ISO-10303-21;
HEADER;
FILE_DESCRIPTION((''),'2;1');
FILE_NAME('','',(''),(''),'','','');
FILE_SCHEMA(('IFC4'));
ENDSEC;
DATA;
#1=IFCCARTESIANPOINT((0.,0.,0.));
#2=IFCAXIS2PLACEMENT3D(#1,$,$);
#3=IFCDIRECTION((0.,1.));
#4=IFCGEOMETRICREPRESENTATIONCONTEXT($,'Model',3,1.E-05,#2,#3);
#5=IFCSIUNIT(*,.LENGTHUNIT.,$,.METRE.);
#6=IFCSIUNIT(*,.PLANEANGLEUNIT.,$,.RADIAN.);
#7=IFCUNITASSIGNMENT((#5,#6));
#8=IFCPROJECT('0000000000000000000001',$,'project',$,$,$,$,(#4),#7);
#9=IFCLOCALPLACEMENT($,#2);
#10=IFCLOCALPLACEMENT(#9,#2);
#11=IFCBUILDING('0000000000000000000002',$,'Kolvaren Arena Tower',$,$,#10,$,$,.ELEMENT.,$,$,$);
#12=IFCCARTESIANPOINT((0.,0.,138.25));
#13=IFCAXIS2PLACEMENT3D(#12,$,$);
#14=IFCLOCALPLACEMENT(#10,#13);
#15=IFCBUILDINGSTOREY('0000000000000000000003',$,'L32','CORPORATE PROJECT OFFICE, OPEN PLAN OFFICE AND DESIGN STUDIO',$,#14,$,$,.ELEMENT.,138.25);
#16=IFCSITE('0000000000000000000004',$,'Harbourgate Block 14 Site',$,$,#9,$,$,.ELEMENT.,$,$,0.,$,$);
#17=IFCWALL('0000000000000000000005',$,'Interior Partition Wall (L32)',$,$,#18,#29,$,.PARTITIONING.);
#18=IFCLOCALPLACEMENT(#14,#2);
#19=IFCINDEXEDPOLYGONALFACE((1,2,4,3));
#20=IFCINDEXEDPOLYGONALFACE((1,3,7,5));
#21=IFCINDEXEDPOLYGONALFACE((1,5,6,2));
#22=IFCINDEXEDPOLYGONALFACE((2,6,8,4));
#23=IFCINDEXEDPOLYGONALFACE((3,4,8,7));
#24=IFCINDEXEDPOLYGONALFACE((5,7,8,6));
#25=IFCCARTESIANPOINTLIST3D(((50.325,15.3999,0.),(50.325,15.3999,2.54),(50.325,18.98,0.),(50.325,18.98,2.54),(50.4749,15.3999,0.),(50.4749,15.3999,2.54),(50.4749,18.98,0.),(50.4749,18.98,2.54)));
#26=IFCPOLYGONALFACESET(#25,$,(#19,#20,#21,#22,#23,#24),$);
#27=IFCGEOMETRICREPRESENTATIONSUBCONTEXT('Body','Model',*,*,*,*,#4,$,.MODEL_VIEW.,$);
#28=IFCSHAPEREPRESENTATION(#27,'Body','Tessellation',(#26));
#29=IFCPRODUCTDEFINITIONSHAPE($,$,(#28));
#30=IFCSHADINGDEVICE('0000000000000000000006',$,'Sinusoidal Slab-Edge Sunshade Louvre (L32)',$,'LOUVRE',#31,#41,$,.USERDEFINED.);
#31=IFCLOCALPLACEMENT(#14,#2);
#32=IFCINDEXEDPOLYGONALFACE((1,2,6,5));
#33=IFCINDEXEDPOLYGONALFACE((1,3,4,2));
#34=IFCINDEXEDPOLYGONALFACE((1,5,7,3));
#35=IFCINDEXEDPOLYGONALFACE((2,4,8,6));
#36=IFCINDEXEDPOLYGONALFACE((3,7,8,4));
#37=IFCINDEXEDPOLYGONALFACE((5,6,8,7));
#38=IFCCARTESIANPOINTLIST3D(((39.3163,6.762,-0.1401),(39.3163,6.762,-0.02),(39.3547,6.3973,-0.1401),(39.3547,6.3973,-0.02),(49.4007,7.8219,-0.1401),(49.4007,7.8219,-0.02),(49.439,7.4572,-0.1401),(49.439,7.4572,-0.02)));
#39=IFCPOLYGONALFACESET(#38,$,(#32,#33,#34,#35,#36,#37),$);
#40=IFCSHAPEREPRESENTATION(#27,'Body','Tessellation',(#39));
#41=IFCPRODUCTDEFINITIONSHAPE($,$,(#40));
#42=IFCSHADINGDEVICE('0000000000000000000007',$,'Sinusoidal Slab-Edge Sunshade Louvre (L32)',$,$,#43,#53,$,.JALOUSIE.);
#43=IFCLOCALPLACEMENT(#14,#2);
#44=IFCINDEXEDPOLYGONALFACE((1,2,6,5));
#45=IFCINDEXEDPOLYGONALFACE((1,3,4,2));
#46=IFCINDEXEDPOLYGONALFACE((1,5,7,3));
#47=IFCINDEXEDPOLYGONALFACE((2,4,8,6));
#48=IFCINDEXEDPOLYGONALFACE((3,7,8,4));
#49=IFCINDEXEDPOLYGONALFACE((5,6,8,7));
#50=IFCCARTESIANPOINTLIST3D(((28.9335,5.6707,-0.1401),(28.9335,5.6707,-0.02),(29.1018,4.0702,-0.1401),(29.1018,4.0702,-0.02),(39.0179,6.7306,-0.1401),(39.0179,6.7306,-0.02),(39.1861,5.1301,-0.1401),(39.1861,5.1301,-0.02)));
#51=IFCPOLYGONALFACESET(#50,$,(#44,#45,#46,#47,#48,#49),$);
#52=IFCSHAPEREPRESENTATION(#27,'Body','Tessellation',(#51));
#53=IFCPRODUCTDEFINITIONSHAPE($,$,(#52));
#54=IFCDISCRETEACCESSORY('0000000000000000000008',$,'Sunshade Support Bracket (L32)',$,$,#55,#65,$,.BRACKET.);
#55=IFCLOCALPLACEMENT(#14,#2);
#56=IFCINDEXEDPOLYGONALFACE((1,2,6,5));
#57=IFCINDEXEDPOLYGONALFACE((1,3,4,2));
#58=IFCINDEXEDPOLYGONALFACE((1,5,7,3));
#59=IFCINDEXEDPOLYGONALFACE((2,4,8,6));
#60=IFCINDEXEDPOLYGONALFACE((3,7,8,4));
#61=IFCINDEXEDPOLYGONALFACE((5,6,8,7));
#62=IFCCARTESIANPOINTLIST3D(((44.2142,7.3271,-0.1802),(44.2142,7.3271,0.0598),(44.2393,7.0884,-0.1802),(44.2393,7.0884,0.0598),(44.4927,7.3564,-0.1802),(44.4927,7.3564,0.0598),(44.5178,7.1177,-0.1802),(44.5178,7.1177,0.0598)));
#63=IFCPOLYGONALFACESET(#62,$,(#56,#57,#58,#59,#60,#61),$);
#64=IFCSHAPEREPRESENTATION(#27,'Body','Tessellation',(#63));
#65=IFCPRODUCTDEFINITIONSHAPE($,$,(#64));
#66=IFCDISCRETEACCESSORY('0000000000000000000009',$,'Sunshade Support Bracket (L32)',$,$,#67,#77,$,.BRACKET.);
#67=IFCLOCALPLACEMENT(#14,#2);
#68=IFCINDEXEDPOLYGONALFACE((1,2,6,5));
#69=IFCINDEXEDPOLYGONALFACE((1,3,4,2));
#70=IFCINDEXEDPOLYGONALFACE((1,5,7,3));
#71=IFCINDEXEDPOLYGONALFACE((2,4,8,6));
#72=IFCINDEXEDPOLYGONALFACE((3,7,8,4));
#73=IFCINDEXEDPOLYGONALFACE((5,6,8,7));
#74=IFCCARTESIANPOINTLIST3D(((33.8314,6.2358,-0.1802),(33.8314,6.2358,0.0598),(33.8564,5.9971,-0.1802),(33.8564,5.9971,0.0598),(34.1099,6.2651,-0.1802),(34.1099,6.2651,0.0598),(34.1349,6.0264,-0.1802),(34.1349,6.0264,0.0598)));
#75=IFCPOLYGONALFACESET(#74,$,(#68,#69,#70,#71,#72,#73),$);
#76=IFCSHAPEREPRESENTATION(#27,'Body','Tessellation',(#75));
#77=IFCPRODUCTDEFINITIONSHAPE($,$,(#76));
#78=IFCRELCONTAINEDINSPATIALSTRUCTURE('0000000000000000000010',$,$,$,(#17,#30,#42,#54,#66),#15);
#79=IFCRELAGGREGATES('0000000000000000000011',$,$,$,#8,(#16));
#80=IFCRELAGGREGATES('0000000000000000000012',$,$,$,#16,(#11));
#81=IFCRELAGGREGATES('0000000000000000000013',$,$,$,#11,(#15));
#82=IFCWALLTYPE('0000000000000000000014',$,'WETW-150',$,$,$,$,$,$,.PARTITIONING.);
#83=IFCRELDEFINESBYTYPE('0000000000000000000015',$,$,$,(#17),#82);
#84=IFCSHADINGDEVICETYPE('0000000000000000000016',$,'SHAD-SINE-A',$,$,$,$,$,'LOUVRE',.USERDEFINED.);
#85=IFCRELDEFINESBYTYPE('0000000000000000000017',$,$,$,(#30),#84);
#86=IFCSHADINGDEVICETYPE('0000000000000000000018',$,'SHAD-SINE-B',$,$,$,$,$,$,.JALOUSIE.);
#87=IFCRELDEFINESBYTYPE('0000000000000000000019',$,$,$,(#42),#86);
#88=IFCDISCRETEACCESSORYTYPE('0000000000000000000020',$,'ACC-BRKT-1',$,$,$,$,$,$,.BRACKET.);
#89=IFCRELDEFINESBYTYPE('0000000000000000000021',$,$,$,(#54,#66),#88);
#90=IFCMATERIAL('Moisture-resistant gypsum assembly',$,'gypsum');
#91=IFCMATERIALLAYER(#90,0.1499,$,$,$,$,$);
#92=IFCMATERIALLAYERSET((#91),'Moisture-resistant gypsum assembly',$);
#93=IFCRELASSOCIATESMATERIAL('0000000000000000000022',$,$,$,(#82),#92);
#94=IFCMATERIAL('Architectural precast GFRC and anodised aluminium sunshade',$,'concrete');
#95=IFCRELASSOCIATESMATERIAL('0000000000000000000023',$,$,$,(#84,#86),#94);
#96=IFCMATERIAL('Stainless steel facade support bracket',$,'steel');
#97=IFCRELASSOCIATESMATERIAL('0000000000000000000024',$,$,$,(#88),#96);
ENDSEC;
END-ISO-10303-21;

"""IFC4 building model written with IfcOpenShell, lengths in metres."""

from ifc_helpers import new_model, si_unit, direction, frame, frame_2d, origin, origin_2d, place, context, subcontext, project, spatial, rectangle, extrude, material, layer, layer_set, type_object, element, save


model = new_model("IFC4")

# Units and contexts
model_context = context("Model", 3, precision=1e-05, world=origin(), true_north=direction((0.0, 1.0)))
body_context = subcontext(model_context, "Body", "Model", "MODEL_VIEW")
ifc_project = project(units=[si_unit("LENGTHUNIT", "METRE"), si_unit("PLANEANGLEUNIT", "RADIAN")], contexts=[model_context])

# Site, building, storey
site_placement = place(None, origin())
site = spatial("IfcSite", under=ifc_project, at=site_placement, Name="Harbourgate Block 14 Site", CompositionType="ELEMENT", RefElevation=0.0)
building_placement = place(site_placement, origin())
building = spatial("IfcBuilding", under=site, at=building_placement, Name="Kolvaren Arena Tower", CompositionType="ELEMENT")
storey_placement = place(building_placement, frame((0.0, 0.0, 138.25)))
storey = spatial("IfcBuildingStorey", under=building, at=storey_placement, Name="L32", Description="CORPORATE PROJECT OFFICE, OPEN PLAN OFFICE AND DESIGN STUDIO", CompositionType="ELEMENT", Elevation=138.25)

# Wall
ifc_material_1 = material(Name="Moisture-resistant gypsum assembly", Category="gypsum")
ifc_layer_1 = layer(ifc_material_1, 0.1499)
ifc_layer_set_1 = layer_set([ifc_layer_1], Name="Moisture-resistant gypsum assembly")
wall_type_1 = type_object("IfcWallType", Name="WETW-150", PredefinedType="PARTITIONING", material=ifc_layer_set_1)
for number, where, z_axis, x_axis, name in (
    (1, (50.3999, 15.3999, 0.0), (0.0, 0.0, 1.0), (0.0, 1.0, 0.0), "Interior Partition Wall (L32)"),
):
    element("IfcWall", number, at=place(storey_placement, frame(where, z_axis=z_axis, x_axis=x_axis)), inside=storey, type_object=wall_type_1, Name=name, PredefinedType="PARTITIONING", context=body_context, shape_type="SweptSolid", body=[
        extrude(rectangle(XDim=3.5801, YDim=0.1499, at=frame_2d((1.79, 0.0))), origin(), (0.0, 0.0, 1.0), 2.54),
    ])

# Shading devices
ifc_material_2 = material(Name="Architectural precast GFRC and anodised aluminium sunshade", Category="concrete")
shading_device_type_1 = type_object("IfcShadingDeviceType", Name="SHAD-SINE-A", ElementType="LOUVRE", PredefinedType="USERDEFINED", material=ifc_material_2)
shading_device_1_placement = place(storey_placement, frame((44.3777, 7.1096, -0.1401), z_axis=(0.0, 0.0, 1.0), x_axis=(-0.994522, -0.104527, 0.0)))
element("IfcShadingDevice", 2, at=shading_device_1_placement, inside=storey, type_object=shading_device_type_1, Name="Sinusoidal Slab-Edge Sunshade Louvre (L32)", ObjectType="LOUVRE", PredefinedType="USERDEFINED", context=body_context, shape_type="SweptSolid", body=[
    extrude(rectangle(XDim=10.1399, YDim=0.3667, at=origin_2d()), origin(), (0.0, 0.0, 1.0), 0.1201),
])
shading_device_type_2 = type_object("IfcShadingDeviceType", Name="SHAD-SINE-B", PredefinedType="JALOUSIE", material=ifc_material_2)
shading_device_2_placement = place(storey_placement, frame((34.0598, 5.4004, -0.1401), z_axis=(0.0, 0.0, 1.0), x_axis=(-0.994522, -0.104527, 0.0)))
element("IfcShadingDevice", 3, at=shading_device_2_placement, inside=storey, type_object=shading_device_type_2, Name="Sinusoidal Slab-Edge Sunshade Louvre (L32)", PredefinedType="JALOUSIE", context=body_context, shape_type="SweptSolid", body=[
    extrude(rectangle(XDim=10.1399, YDim=1.6094, at=origin_2d()), origin(), (0.0, 0.0, 1.0), 0.1201),
])

# Discrete accessories
ifc_material_3 = material(Name="Stainless steel facade support bracket", Category="steel")
discrete_accessory_type = type_object("IfcDiscreteAccessoryType", Name="ACC-BRKT-1", PredefinedType="BRACKET", material=ifc_material_3)
for number, where, z_axis, x_axis, name in (
    (4, (44.366, 7.2224, -0.1802), (0.0, 0.0, 1.0), (-0.994522, -0.104527, 0.0), "Sunshade Support Bracket (L32)"),
    (5, (33.9832, 6.1311, -0.1802), (0.0, 0.0, 1.0), (-0.994522, -0.104527, 0.0), "Sunshade Support Bracket (L32)"),
):
    element("IfcDiscreteAccessory", number, at=place(storey_placement, frame(where, z_axis=z_axis, x_axis=x_axis)), inside=storey, type_object=discrete_accessory_type, Name=name, PredefinedType="BRACKET", context=body_context, shape_type="SweptSolid", body=[
        extrude(rectangle(XDim=0.28, YDim=0.24, at=origin_2d()), origin(), (0.0, 0.0, 1.0), 0.24),
    ])

save(model, "model.ifc")
